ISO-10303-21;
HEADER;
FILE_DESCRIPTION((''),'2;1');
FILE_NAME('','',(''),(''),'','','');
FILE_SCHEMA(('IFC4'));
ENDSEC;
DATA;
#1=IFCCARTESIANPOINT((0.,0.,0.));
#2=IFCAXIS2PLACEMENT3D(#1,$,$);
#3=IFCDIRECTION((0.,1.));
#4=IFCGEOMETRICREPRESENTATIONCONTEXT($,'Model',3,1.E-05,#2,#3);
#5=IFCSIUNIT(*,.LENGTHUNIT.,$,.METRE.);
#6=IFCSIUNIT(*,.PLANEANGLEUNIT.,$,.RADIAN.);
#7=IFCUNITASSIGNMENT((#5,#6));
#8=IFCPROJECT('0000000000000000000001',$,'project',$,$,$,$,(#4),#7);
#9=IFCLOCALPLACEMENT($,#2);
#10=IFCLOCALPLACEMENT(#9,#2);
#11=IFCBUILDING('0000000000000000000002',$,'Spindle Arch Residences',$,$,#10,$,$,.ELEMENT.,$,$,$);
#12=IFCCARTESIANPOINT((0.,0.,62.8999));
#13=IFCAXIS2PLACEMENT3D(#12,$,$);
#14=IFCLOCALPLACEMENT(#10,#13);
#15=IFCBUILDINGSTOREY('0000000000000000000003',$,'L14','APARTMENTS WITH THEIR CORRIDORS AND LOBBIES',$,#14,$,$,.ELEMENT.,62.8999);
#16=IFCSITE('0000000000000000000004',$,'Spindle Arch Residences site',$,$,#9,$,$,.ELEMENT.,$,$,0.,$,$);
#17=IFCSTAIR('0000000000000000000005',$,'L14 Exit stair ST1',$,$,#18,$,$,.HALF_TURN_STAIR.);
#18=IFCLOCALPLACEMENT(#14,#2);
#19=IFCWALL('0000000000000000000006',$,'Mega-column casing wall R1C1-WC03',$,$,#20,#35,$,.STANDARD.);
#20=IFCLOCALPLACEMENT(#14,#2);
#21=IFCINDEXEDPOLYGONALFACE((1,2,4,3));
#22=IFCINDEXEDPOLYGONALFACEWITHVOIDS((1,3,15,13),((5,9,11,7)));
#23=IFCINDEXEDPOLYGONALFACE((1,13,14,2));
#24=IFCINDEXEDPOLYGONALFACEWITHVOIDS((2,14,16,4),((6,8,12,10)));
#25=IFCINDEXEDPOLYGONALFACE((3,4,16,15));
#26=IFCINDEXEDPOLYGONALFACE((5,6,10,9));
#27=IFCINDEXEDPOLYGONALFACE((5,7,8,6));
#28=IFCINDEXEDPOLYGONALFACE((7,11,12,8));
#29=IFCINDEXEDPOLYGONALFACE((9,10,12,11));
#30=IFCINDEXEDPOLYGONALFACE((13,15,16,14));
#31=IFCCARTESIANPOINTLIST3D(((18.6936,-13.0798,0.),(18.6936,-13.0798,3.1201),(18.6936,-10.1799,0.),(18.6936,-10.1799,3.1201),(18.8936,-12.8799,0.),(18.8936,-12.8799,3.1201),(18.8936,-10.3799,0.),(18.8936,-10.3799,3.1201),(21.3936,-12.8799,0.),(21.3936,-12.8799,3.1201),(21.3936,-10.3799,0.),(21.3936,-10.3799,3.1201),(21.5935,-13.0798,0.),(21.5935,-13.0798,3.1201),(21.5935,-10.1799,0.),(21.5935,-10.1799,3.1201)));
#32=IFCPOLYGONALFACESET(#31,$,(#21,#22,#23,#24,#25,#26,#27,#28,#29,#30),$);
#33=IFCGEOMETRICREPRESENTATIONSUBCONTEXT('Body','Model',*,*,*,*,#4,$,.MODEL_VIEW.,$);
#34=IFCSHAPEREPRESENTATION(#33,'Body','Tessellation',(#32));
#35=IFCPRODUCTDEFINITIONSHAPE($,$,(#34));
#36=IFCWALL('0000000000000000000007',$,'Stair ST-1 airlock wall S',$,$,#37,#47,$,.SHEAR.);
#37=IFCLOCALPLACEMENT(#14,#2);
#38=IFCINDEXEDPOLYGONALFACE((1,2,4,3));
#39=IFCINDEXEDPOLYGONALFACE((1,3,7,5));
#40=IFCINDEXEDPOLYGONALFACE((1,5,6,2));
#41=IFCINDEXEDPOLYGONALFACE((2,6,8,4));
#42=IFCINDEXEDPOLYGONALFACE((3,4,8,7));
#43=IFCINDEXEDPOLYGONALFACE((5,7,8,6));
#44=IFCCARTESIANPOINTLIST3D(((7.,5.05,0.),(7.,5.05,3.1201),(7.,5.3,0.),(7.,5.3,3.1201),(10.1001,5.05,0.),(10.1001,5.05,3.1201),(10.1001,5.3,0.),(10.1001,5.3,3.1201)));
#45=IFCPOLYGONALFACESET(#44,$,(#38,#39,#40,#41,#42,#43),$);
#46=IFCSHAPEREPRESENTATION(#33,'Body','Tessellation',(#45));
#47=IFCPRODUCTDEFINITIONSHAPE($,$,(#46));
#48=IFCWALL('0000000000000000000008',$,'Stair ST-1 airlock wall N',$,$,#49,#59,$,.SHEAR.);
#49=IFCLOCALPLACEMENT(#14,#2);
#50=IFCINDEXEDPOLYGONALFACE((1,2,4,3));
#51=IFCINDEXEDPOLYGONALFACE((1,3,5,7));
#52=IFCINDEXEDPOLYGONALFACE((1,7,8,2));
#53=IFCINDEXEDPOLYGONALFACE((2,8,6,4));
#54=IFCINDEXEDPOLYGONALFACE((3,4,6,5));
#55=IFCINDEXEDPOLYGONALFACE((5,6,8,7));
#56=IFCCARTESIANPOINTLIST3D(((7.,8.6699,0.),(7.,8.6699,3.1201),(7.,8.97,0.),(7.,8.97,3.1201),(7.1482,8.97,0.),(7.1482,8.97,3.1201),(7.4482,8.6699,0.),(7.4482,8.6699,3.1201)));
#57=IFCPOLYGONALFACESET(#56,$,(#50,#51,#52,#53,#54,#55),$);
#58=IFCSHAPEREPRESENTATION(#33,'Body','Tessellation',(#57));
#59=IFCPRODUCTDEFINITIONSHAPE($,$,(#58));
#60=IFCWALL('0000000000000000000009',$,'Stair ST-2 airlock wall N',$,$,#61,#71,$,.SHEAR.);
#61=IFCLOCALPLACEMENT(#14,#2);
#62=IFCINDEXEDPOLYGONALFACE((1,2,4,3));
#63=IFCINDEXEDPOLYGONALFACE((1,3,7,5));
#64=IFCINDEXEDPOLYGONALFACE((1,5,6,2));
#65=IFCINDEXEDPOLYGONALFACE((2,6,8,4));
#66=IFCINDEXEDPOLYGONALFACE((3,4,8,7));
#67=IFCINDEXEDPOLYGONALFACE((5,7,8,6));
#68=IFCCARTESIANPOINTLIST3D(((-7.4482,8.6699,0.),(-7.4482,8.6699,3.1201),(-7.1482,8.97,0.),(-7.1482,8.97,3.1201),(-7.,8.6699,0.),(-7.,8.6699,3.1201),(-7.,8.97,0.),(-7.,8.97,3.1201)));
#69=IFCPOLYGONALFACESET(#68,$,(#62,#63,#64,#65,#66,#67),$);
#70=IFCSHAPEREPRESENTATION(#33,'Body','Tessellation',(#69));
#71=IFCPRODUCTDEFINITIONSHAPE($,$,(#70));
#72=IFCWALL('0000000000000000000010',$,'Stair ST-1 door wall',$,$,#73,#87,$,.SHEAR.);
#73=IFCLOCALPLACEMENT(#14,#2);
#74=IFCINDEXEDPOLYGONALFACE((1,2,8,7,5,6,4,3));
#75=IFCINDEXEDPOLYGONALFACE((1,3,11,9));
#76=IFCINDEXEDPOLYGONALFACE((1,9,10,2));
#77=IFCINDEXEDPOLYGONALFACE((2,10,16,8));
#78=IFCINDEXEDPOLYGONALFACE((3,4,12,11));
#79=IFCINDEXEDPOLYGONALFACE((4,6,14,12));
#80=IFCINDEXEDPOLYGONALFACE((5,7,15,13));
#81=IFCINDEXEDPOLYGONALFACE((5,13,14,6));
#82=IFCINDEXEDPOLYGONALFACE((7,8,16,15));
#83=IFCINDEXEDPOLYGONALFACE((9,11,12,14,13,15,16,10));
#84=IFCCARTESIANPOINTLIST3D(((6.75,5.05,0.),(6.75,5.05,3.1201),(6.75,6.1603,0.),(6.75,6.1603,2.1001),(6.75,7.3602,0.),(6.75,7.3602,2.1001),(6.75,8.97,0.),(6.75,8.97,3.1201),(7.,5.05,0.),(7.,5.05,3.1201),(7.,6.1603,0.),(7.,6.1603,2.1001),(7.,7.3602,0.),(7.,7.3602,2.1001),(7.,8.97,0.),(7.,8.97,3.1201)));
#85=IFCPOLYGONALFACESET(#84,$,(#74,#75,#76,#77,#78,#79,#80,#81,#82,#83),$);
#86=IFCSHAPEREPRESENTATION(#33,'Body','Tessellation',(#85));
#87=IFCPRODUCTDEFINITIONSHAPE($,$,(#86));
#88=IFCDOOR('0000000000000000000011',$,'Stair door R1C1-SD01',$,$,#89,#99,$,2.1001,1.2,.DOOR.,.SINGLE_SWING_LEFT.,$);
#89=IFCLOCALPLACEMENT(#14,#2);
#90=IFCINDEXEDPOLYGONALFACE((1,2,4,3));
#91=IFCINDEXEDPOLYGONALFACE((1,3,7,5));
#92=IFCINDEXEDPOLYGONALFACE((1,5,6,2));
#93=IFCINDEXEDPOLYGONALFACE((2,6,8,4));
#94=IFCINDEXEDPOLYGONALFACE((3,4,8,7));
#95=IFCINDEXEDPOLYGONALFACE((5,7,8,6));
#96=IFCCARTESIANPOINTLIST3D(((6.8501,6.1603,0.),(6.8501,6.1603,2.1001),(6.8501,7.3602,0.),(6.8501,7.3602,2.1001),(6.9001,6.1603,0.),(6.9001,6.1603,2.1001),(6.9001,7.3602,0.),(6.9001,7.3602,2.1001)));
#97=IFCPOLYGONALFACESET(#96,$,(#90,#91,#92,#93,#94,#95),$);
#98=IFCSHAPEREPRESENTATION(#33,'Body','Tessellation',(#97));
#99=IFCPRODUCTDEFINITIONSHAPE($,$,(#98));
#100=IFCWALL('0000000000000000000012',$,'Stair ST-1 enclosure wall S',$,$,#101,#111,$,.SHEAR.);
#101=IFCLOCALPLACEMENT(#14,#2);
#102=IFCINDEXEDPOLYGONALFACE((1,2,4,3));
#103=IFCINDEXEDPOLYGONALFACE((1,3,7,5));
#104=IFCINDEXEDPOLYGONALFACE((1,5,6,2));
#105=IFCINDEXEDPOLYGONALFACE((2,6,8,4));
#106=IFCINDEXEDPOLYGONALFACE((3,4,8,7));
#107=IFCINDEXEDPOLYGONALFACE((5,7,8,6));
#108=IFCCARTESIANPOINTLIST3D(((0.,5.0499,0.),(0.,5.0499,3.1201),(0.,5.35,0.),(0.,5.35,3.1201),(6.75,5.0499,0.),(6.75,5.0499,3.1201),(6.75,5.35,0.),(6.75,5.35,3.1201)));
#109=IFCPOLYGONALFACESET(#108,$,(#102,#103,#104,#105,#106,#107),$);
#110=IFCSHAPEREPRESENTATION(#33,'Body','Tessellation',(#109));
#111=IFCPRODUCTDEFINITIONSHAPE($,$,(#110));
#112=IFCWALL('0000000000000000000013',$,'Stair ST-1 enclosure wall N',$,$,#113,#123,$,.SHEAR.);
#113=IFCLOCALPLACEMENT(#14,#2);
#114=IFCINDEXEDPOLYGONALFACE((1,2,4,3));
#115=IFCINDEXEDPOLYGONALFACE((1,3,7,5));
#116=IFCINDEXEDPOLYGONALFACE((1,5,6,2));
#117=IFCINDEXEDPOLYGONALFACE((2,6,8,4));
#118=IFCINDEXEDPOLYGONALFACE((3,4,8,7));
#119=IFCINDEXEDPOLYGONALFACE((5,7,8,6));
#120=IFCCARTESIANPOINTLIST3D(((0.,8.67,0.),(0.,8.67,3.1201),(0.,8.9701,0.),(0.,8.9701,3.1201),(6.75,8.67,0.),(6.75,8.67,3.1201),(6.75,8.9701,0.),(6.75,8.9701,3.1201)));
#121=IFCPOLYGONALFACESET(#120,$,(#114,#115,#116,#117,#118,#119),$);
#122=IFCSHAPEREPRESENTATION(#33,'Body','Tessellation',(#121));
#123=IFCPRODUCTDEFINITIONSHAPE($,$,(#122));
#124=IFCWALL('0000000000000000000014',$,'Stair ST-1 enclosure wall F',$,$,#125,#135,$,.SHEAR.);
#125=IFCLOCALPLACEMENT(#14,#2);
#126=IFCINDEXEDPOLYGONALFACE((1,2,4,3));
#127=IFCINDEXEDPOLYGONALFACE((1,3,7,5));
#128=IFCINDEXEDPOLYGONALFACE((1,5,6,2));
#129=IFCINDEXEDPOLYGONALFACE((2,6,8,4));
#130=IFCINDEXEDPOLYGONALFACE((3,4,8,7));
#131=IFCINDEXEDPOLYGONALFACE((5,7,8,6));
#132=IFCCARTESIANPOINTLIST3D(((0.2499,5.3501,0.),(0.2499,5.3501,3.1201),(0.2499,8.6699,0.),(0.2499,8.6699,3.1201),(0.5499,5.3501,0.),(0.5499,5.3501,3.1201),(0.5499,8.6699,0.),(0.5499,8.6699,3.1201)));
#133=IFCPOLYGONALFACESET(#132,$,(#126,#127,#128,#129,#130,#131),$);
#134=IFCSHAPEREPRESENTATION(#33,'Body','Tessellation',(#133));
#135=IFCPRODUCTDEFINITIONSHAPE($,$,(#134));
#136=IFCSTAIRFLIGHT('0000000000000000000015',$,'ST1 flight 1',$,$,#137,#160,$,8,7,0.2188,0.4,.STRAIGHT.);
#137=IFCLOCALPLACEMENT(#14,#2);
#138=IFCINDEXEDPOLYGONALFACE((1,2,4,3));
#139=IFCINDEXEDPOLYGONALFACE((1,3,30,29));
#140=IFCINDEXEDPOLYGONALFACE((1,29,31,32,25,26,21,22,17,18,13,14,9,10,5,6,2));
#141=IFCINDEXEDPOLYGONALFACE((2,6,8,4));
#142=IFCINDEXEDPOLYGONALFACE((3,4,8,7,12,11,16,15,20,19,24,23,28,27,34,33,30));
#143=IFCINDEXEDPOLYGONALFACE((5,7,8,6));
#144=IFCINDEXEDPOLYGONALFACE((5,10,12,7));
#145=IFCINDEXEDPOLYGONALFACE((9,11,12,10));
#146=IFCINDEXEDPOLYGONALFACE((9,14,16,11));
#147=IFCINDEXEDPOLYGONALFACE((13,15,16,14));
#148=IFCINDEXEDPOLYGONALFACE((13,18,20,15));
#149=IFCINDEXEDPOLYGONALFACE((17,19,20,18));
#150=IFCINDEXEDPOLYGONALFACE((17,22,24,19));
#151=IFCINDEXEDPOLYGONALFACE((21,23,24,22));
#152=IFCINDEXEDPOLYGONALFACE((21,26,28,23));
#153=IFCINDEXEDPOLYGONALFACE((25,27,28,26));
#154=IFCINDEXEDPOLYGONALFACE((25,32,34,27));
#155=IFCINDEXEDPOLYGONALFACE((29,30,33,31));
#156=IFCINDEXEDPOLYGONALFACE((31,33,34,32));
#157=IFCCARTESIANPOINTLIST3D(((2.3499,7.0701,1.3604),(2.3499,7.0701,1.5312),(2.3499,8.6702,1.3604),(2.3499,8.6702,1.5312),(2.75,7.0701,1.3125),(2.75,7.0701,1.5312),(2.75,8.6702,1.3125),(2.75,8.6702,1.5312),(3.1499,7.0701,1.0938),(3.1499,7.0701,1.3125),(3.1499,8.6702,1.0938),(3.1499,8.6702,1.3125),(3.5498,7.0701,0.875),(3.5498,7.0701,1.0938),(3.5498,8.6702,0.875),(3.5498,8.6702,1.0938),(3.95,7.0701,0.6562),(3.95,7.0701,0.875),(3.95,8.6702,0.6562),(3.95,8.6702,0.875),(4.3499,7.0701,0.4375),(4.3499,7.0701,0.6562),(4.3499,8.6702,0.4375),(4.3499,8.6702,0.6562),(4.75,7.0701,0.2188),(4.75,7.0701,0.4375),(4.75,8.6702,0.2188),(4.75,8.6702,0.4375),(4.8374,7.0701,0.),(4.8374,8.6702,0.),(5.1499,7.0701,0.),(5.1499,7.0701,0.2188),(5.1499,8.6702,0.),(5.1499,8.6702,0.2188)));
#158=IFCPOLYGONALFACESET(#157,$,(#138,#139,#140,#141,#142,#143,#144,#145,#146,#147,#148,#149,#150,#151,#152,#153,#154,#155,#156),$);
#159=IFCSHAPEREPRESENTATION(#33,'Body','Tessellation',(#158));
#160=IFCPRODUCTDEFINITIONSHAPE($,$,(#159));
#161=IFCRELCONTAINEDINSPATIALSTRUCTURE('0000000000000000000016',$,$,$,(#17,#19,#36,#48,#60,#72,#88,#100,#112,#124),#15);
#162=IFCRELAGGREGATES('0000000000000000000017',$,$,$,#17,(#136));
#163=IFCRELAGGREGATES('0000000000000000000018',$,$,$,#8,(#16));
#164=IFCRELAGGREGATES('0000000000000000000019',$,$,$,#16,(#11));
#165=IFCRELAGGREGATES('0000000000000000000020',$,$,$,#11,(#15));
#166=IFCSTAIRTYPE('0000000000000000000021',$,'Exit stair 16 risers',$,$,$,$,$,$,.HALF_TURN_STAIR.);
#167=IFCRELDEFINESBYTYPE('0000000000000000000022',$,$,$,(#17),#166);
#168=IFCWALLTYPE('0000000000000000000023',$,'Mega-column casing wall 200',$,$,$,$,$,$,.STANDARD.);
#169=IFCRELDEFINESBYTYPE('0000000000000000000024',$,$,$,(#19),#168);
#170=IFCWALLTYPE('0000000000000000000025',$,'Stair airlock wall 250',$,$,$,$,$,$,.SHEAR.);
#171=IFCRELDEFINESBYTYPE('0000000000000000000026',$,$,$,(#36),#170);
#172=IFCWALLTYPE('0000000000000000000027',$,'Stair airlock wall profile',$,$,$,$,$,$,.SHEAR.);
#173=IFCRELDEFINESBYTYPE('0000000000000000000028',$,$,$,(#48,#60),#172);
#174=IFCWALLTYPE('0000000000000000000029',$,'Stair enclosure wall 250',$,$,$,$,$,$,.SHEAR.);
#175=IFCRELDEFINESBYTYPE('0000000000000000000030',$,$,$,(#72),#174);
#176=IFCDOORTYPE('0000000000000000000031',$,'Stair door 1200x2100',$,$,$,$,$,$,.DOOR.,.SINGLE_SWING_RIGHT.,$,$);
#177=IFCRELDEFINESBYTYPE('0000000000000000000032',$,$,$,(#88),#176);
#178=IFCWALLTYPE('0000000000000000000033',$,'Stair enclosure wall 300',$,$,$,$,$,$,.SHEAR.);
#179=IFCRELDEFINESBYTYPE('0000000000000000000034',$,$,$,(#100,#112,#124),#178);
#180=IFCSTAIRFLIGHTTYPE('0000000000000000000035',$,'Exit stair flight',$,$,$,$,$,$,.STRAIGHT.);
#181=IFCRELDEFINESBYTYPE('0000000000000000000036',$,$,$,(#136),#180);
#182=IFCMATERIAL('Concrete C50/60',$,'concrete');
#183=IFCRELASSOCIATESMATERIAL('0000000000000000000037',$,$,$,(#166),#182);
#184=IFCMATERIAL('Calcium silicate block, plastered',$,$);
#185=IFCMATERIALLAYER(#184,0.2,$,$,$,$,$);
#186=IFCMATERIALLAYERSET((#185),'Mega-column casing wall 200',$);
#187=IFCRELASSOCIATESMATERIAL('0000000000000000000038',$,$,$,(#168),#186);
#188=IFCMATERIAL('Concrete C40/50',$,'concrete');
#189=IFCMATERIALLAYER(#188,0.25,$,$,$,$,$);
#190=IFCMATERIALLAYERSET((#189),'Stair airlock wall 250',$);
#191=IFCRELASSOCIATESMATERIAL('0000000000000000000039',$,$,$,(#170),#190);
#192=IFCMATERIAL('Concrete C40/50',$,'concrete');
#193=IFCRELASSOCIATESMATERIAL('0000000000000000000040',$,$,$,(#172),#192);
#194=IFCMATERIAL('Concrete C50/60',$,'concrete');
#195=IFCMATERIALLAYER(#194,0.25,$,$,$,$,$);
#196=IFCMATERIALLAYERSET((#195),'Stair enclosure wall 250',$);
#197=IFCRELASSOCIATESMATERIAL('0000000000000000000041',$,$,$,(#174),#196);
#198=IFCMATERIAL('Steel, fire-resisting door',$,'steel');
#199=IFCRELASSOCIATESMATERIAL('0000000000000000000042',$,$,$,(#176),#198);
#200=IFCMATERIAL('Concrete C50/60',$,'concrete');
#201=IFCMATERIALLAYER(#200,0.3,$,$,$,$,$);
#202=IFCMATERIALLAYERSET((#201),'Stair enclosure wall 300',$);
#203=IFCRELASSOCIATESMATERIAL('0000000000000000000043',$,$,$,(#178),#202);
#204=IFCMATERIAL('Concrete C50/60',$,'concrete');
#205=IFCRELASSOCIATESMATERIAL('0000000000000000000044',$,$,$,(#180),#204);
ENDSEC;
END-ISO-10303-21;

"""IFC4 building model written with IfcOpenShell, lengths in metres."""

from ifc_helpers import new_model, si_unit, direction, frame, frame_2d, origin, place, context, subcontext, project, spatial, polyline, rectangle, outline, extrude, material, layer, layer_set, type_object, element, fill, aggregate, save


model = new_model("IFC4")

# Units and contexts
model_context = context("Model", 3, precision=1e-05, world=origin(), true_north=direction((0.0, 1.0)))
body_context = subcontext(model_context, "Body", "Model", "MODEL_VIEW")
ifc_project = project(units=[si_unit("LENGTHUNIT", "METRE"), si_unit("PLANEANGLEUNIT", "RADIAN")], contexts=[model_context])

# Site, building, storey
site_placement = place(None, origin())
site = spatial("IfcSite", under=ifc_project, at=site_placement, Name="Spindle Arch Residences site", CompositionType="ELEMENT", RefElevation=0.0)
building_placement = place(site_placement, origin())
building = spatial("IfcBuilding", under=site, at=building_placement, Name="Spindle Arch Residences", CompositionType="ELEMENT")
storey_placement = place(building_placement, frame((0.0, 0.0, 62.8999)))
storey = spatial("IfcBuildingStorey", under=building, at=storey_placement, Name="L14", Description="APARTMENTS WITH THEIR CORRIDORS AND LOBBIES", CompositionType="ELEMENT", Elevation=62.8999)

# Stair
ifc_material_1 = material(Name="Concrete C50/60", Category="concrete")
stair_type = type_object("IfcStairType", Name="Exit stair 16 risers", PredefinedType="HALF_TURN_STAIR", material=ifc_material_1)
stair_1_placement = place(storey_placement, origin())
stair_1 = element("IfcStair", 1, at=stair_1_placement, inside=storey, type_object=stair_type, Name="L14 Exit stair ST1", PredefinedType="HALF_TURN_STAIR")

# Walls
ifc_material_2 = material(Name="Calcium silicate block, plastered")
ifc_layer_1 = layer(ifc_material_2, 0.2)
ifc_layer_set_1 = layer_set([ifc_layer_1], Name="Mega-column casing wall 200")
wall_type_1 = type_object("IfcWallType", Name="Mega-column casing wall 200", PredefinedType="STANDARD", material=ifc_layer_set_1)
wall_1_placement = place(storey_placement, origin())
element("IfcWall", 2, at=wall_1_placement, inside=storey, type_object=wall_type_1, Name="Mega-column casing wall R1C1-WC03", PredefinedType="STANDARD", context=body_context, shape_type="SweptSolid", body=[
    extrude(outline(polyline([(21.5935, -10.1799), (21.5935, -13.0798), (18.6936, -13.0798), (18.6936, -10.1799), (21.5935, -10.1799)]), holes=[polyline([(18.8936, -12.8799), (21.3936, -12.8799), (21.3936, -10.3799), (18.8936, -10.3799), (18.8936, -12.8799)])]), origin(), (0.0, 0.0, 1.0), 3.1201),
])
ifc_material_3 = material(Name="Concrete C40/50", Category="concrete")
ifc_layer_2 = layer(ifc_material_3, 0.25)
ifc_layer_set_2 = layer_set([ifc_layer_2], Name="Stair airlock wall 250")
wall_type_2 = type_object("IfcWallType", Name="Stair airlock wall 250", PredefinedType="SHEAR", material=ifc_layer_set_2)
wall_2_placement = place(storey_placement, frame((7.0, 5.175, 0.0), z_axis=(0.0, 0.0, 1.0), x_axis=(1.0, 0.0, 0.0)))
element("IfcWall", 3, at=wall_2_placement, inside=storey, type_object=wall_type_2, Name="Stair ST-1 airlock wall S", PredefinedType="SHEAR", context=body_context, shape_type="SweptSolid", body=[
    extrude(rectangle(XDim=3.1001, YDim=0.25, at=frame_2d((1.55, 0.0))), origin(), (0.0, 0.0, 1.0), 3.1201),
])
ifc_material_4 = material(Name="Concrete C40/50", Category="concrete")
wall_type_3 = type_object("IfcWallType", Name="Stair airlock wall profile", PredefinedType="SHEAR", material=ifc_material_4)
wall_3_placement = place(storey_placement, origin())
element("IfcWall", 4, at=wall_3_placement, inside=storey, type_object=wall_type_3, Name="Stair ST-1 airlock wall N", PredefinedType="SHEAR", context=body_context, shape_type="SweptSolid", body=[
    extrude(outline(polyline([(7.4482, 8.6699), (7.0, 8.6699), (7.0, 8.97), (7.1482, 8.97), (7.4482, 8.6699)])), origin(), (0.0, 0.0, 1.0), 3.1201),
])
wall_4_placement = place(storey_placement, origin())
element("IfcWall", 5, at=wall_4_placement, inside=storey, type_object=wall_type_3, Name="Stair ST-2 airlock wall N", PredefinedType="SHEAR", context=body_context, shape_type="SweptSolid", body=[
    extrude(outline(polyline([(-7.1482, 8.97), (-7.0, 8.97), (-7.0, 8.6699), (-7.4482, 8.6699), (-7.1482, 8.97)])), origin(), (0.0, 0.0, 1.0), 3.1201),
])

# Wall, opening, door
ifc_material_5 = material(Name="Concrete C50/60", Category="concrete")
ifc_layer_3 = layer(ifc_material_5, 0.25)
ifc_layer_set_3 = layer_set([ifc_layer_3], Name="Stair enclosure wall 250")
wall_type_4 = type_object("IfcWallType", Name="Stair enclosure wall 250", PredefinedType="SHEAR", material=ifc_layer_set_3)
wall_5_placement = place(storey_placement, frame((6.875, 5.05, 0.0), z_axis=(0.0, 0.0, 1.0), x_axis=(0.0, 1.0, 0.0)))
wall_5 = element("IfcWall", 6, at=wall_5_placement, inside=storey, type_object=wall_type_4, Name="Stair ST-1 door wall", PredefinedType="SHEAR", context=body_context, shape_type="SweptSolid", body=[
    extrude(rectangle(XDim=3.9199, YDim=0.25, at=frame_2d((1.96, 0.0))), origin(), (0.0, 0.0, 1.0), 3.1201),
])
opening_1_placement = place(wall_5_placement, frame((1.1101, 0.0, 0.0)))
opening_1 = element("IfcOpeningElement", 7, at=opening_1_placement, cuts=wall_5, PredefinedType="OPENING", context=body_context, shape_type="SweptSolid", body=[
    extrude(rectangle(XDim=1.2, YDim=2.1001, at=frame_2d((0.6001, 1.05))), frame((0.0, 0.135, 0.0), z_axis=(0.0, -1.0, 0.0), x_axis=(1.0, 0.0, 0.0)), (0.0, 0.0, 1.0), 0.27),
])
ifc_material_6 = material(Name="Steel, fire-resisting door", Category="steel")
door_type_1 = type_object("IfcDoorType", Name="Stair door 1200x2100", OperationType="SINGLE_SWING_RIGHT", PredefinedType="DOOR", material=ifc_material_6)
door_1_placement = place(opening_1_placement, origin())
door_1 = element("IfcDoor", 8, at=door_1_placement, inside=storey, type_object=door_type_1, Name="Stair door R1C1-SD01", OperationType="SINGLE_SWING_LEFT", OverallHeight=2.1001, OverallWidth=1.2, PredefinedType="DOOR", context=body_context, shape_type="SweptSolid", body=[
    extrude(rectangle(XDim=1.2, YDim=2.1001, at=frame_2d((0.6001, 1.05))), frame((0.0, 0.0249, 0.0), z_axis=(0.0, -1.0, 0.0), x_axis=(1.0, 0.0, 0.0)), (0.0, 0.0, 1.0), 0.05),
])
fill(opening_1, door_1)

# Walls
ifc_material_7 = material(Name="Concrete C50/60", Category="concrete")
ifc_layer_4 = layer(ifc_material_7, 0.3)
ifc_layer_set_4 = layer_set([ifc_layer_4], Name="Stair enclosure wall 300")
wall_type_5 = type_object("IfcWallType", Name="Stair enclosure wall 300", PredefinedType="SHEAR", material=ifc_layer_set_4)
for number, where, z_axis, x_axis, name in (
    (9, (0.0, 5.2, 0.0), (0.0, 0.0, 1.0), (1.0, 0.0, 0.0), "Stair ST-1 enclosure wall S"),
    (10, (0.0, 8.8201, 0.0), (0.0, 0.0, 1.0), (1.0, 0.0, 0.0), "Stair ST-1 enclosure wall N"),
):
    element("IfcWall", number, at=place(storey_placement, frame(where, z_axis=z_axis, x_axis=x_axis)), inside=storey, type_object=wall_type_5, Name=name, PredefinedType="SHEAR", context=body_context, shape_type="SweptSolid", body=[
        extrude(rectangle(XDim=6.75, YDim=0.3, at=frame_2d((3.375, 0.0))), origin(), (0.0, 0.0, 1.0), 3.1201),
    ])
wall_6_placement = place(storey_placement, frame((0.3999, 5.3501, 0.0), z_axis=(0.0, 0.0, 1.0), x_axis=(0.0, 1.0, 0.0)))
element("IfcWall", 11, at=wall_6_placement, inside=storey, type_object=wall_type_5, Name="Stair ST-1 enclosure wall F", PredefinedType="SHEAR", context=body_context, shape_type="SweptSolid", body=[
    extrude(rectangle(XDim=3.3198, YDim=0.3, at=frame_2d((1.6599, 0.0))), origin(), (0.0, 0.0, 1.0), 3.1201),
])

# Stair flight
ifc_material_8 = material(Name="Concrete C50/60", Category="concrete")
stair_flight_type = type_object("IfcStairFlightType", Name="Exit stair flight", PredefinedType="STRAIGHT", material=ifc_material_8)
stair_flight_1_placement = place(storey_placement, frame((5.1499, 7.8701, 0.0), z_axis=(0.0, 0.0, 1.0), x_axis=(-1.0, 0.0, 0.0)))
stair_flight_1 = element("IfcStairFlight", 12, at=stair_flight_1_placement, type_object=stair_flight_type, Name="ST1 flight 1", NumberOfRisers=8, NumberOfTreads=7, PredefinedType="STRAIGHT", RiserHeight=0.2188, TreadLength=0.4, context=body_context, shape_type="SweptSolid", body=[
    extrude(outline(polyline([(0.0, 0.0), (0.0, 0.2188), (0.3999, 0.2188), (0.3999, 0.4375), (0.8, 0.4375), (0.8, 0.6562), (1.2, 0.6562), (1.2, 0.875), (1.6001, 0.875), (1.6001, 1.0938), (2.0, 1.0938), (2.0, 1.3125), (2.3999, 1.3125), (2.3999, 1.5312), (2.8, 1.5312), (2.8, 1.75), (2.8, 1.3604), (0.3125, 0.0), (0.0, 0.0)])), frame((0.0, 0.8, 0.0), z_axis=(0.0, -1.0, 0.0), x_axis=(1.0, 0.0, 0.0)), (0.0, 0.0, 1.0), 1.6001),
])
aggregate(stair_1, [stair_flight_1])

save(model, "model.ifc")
